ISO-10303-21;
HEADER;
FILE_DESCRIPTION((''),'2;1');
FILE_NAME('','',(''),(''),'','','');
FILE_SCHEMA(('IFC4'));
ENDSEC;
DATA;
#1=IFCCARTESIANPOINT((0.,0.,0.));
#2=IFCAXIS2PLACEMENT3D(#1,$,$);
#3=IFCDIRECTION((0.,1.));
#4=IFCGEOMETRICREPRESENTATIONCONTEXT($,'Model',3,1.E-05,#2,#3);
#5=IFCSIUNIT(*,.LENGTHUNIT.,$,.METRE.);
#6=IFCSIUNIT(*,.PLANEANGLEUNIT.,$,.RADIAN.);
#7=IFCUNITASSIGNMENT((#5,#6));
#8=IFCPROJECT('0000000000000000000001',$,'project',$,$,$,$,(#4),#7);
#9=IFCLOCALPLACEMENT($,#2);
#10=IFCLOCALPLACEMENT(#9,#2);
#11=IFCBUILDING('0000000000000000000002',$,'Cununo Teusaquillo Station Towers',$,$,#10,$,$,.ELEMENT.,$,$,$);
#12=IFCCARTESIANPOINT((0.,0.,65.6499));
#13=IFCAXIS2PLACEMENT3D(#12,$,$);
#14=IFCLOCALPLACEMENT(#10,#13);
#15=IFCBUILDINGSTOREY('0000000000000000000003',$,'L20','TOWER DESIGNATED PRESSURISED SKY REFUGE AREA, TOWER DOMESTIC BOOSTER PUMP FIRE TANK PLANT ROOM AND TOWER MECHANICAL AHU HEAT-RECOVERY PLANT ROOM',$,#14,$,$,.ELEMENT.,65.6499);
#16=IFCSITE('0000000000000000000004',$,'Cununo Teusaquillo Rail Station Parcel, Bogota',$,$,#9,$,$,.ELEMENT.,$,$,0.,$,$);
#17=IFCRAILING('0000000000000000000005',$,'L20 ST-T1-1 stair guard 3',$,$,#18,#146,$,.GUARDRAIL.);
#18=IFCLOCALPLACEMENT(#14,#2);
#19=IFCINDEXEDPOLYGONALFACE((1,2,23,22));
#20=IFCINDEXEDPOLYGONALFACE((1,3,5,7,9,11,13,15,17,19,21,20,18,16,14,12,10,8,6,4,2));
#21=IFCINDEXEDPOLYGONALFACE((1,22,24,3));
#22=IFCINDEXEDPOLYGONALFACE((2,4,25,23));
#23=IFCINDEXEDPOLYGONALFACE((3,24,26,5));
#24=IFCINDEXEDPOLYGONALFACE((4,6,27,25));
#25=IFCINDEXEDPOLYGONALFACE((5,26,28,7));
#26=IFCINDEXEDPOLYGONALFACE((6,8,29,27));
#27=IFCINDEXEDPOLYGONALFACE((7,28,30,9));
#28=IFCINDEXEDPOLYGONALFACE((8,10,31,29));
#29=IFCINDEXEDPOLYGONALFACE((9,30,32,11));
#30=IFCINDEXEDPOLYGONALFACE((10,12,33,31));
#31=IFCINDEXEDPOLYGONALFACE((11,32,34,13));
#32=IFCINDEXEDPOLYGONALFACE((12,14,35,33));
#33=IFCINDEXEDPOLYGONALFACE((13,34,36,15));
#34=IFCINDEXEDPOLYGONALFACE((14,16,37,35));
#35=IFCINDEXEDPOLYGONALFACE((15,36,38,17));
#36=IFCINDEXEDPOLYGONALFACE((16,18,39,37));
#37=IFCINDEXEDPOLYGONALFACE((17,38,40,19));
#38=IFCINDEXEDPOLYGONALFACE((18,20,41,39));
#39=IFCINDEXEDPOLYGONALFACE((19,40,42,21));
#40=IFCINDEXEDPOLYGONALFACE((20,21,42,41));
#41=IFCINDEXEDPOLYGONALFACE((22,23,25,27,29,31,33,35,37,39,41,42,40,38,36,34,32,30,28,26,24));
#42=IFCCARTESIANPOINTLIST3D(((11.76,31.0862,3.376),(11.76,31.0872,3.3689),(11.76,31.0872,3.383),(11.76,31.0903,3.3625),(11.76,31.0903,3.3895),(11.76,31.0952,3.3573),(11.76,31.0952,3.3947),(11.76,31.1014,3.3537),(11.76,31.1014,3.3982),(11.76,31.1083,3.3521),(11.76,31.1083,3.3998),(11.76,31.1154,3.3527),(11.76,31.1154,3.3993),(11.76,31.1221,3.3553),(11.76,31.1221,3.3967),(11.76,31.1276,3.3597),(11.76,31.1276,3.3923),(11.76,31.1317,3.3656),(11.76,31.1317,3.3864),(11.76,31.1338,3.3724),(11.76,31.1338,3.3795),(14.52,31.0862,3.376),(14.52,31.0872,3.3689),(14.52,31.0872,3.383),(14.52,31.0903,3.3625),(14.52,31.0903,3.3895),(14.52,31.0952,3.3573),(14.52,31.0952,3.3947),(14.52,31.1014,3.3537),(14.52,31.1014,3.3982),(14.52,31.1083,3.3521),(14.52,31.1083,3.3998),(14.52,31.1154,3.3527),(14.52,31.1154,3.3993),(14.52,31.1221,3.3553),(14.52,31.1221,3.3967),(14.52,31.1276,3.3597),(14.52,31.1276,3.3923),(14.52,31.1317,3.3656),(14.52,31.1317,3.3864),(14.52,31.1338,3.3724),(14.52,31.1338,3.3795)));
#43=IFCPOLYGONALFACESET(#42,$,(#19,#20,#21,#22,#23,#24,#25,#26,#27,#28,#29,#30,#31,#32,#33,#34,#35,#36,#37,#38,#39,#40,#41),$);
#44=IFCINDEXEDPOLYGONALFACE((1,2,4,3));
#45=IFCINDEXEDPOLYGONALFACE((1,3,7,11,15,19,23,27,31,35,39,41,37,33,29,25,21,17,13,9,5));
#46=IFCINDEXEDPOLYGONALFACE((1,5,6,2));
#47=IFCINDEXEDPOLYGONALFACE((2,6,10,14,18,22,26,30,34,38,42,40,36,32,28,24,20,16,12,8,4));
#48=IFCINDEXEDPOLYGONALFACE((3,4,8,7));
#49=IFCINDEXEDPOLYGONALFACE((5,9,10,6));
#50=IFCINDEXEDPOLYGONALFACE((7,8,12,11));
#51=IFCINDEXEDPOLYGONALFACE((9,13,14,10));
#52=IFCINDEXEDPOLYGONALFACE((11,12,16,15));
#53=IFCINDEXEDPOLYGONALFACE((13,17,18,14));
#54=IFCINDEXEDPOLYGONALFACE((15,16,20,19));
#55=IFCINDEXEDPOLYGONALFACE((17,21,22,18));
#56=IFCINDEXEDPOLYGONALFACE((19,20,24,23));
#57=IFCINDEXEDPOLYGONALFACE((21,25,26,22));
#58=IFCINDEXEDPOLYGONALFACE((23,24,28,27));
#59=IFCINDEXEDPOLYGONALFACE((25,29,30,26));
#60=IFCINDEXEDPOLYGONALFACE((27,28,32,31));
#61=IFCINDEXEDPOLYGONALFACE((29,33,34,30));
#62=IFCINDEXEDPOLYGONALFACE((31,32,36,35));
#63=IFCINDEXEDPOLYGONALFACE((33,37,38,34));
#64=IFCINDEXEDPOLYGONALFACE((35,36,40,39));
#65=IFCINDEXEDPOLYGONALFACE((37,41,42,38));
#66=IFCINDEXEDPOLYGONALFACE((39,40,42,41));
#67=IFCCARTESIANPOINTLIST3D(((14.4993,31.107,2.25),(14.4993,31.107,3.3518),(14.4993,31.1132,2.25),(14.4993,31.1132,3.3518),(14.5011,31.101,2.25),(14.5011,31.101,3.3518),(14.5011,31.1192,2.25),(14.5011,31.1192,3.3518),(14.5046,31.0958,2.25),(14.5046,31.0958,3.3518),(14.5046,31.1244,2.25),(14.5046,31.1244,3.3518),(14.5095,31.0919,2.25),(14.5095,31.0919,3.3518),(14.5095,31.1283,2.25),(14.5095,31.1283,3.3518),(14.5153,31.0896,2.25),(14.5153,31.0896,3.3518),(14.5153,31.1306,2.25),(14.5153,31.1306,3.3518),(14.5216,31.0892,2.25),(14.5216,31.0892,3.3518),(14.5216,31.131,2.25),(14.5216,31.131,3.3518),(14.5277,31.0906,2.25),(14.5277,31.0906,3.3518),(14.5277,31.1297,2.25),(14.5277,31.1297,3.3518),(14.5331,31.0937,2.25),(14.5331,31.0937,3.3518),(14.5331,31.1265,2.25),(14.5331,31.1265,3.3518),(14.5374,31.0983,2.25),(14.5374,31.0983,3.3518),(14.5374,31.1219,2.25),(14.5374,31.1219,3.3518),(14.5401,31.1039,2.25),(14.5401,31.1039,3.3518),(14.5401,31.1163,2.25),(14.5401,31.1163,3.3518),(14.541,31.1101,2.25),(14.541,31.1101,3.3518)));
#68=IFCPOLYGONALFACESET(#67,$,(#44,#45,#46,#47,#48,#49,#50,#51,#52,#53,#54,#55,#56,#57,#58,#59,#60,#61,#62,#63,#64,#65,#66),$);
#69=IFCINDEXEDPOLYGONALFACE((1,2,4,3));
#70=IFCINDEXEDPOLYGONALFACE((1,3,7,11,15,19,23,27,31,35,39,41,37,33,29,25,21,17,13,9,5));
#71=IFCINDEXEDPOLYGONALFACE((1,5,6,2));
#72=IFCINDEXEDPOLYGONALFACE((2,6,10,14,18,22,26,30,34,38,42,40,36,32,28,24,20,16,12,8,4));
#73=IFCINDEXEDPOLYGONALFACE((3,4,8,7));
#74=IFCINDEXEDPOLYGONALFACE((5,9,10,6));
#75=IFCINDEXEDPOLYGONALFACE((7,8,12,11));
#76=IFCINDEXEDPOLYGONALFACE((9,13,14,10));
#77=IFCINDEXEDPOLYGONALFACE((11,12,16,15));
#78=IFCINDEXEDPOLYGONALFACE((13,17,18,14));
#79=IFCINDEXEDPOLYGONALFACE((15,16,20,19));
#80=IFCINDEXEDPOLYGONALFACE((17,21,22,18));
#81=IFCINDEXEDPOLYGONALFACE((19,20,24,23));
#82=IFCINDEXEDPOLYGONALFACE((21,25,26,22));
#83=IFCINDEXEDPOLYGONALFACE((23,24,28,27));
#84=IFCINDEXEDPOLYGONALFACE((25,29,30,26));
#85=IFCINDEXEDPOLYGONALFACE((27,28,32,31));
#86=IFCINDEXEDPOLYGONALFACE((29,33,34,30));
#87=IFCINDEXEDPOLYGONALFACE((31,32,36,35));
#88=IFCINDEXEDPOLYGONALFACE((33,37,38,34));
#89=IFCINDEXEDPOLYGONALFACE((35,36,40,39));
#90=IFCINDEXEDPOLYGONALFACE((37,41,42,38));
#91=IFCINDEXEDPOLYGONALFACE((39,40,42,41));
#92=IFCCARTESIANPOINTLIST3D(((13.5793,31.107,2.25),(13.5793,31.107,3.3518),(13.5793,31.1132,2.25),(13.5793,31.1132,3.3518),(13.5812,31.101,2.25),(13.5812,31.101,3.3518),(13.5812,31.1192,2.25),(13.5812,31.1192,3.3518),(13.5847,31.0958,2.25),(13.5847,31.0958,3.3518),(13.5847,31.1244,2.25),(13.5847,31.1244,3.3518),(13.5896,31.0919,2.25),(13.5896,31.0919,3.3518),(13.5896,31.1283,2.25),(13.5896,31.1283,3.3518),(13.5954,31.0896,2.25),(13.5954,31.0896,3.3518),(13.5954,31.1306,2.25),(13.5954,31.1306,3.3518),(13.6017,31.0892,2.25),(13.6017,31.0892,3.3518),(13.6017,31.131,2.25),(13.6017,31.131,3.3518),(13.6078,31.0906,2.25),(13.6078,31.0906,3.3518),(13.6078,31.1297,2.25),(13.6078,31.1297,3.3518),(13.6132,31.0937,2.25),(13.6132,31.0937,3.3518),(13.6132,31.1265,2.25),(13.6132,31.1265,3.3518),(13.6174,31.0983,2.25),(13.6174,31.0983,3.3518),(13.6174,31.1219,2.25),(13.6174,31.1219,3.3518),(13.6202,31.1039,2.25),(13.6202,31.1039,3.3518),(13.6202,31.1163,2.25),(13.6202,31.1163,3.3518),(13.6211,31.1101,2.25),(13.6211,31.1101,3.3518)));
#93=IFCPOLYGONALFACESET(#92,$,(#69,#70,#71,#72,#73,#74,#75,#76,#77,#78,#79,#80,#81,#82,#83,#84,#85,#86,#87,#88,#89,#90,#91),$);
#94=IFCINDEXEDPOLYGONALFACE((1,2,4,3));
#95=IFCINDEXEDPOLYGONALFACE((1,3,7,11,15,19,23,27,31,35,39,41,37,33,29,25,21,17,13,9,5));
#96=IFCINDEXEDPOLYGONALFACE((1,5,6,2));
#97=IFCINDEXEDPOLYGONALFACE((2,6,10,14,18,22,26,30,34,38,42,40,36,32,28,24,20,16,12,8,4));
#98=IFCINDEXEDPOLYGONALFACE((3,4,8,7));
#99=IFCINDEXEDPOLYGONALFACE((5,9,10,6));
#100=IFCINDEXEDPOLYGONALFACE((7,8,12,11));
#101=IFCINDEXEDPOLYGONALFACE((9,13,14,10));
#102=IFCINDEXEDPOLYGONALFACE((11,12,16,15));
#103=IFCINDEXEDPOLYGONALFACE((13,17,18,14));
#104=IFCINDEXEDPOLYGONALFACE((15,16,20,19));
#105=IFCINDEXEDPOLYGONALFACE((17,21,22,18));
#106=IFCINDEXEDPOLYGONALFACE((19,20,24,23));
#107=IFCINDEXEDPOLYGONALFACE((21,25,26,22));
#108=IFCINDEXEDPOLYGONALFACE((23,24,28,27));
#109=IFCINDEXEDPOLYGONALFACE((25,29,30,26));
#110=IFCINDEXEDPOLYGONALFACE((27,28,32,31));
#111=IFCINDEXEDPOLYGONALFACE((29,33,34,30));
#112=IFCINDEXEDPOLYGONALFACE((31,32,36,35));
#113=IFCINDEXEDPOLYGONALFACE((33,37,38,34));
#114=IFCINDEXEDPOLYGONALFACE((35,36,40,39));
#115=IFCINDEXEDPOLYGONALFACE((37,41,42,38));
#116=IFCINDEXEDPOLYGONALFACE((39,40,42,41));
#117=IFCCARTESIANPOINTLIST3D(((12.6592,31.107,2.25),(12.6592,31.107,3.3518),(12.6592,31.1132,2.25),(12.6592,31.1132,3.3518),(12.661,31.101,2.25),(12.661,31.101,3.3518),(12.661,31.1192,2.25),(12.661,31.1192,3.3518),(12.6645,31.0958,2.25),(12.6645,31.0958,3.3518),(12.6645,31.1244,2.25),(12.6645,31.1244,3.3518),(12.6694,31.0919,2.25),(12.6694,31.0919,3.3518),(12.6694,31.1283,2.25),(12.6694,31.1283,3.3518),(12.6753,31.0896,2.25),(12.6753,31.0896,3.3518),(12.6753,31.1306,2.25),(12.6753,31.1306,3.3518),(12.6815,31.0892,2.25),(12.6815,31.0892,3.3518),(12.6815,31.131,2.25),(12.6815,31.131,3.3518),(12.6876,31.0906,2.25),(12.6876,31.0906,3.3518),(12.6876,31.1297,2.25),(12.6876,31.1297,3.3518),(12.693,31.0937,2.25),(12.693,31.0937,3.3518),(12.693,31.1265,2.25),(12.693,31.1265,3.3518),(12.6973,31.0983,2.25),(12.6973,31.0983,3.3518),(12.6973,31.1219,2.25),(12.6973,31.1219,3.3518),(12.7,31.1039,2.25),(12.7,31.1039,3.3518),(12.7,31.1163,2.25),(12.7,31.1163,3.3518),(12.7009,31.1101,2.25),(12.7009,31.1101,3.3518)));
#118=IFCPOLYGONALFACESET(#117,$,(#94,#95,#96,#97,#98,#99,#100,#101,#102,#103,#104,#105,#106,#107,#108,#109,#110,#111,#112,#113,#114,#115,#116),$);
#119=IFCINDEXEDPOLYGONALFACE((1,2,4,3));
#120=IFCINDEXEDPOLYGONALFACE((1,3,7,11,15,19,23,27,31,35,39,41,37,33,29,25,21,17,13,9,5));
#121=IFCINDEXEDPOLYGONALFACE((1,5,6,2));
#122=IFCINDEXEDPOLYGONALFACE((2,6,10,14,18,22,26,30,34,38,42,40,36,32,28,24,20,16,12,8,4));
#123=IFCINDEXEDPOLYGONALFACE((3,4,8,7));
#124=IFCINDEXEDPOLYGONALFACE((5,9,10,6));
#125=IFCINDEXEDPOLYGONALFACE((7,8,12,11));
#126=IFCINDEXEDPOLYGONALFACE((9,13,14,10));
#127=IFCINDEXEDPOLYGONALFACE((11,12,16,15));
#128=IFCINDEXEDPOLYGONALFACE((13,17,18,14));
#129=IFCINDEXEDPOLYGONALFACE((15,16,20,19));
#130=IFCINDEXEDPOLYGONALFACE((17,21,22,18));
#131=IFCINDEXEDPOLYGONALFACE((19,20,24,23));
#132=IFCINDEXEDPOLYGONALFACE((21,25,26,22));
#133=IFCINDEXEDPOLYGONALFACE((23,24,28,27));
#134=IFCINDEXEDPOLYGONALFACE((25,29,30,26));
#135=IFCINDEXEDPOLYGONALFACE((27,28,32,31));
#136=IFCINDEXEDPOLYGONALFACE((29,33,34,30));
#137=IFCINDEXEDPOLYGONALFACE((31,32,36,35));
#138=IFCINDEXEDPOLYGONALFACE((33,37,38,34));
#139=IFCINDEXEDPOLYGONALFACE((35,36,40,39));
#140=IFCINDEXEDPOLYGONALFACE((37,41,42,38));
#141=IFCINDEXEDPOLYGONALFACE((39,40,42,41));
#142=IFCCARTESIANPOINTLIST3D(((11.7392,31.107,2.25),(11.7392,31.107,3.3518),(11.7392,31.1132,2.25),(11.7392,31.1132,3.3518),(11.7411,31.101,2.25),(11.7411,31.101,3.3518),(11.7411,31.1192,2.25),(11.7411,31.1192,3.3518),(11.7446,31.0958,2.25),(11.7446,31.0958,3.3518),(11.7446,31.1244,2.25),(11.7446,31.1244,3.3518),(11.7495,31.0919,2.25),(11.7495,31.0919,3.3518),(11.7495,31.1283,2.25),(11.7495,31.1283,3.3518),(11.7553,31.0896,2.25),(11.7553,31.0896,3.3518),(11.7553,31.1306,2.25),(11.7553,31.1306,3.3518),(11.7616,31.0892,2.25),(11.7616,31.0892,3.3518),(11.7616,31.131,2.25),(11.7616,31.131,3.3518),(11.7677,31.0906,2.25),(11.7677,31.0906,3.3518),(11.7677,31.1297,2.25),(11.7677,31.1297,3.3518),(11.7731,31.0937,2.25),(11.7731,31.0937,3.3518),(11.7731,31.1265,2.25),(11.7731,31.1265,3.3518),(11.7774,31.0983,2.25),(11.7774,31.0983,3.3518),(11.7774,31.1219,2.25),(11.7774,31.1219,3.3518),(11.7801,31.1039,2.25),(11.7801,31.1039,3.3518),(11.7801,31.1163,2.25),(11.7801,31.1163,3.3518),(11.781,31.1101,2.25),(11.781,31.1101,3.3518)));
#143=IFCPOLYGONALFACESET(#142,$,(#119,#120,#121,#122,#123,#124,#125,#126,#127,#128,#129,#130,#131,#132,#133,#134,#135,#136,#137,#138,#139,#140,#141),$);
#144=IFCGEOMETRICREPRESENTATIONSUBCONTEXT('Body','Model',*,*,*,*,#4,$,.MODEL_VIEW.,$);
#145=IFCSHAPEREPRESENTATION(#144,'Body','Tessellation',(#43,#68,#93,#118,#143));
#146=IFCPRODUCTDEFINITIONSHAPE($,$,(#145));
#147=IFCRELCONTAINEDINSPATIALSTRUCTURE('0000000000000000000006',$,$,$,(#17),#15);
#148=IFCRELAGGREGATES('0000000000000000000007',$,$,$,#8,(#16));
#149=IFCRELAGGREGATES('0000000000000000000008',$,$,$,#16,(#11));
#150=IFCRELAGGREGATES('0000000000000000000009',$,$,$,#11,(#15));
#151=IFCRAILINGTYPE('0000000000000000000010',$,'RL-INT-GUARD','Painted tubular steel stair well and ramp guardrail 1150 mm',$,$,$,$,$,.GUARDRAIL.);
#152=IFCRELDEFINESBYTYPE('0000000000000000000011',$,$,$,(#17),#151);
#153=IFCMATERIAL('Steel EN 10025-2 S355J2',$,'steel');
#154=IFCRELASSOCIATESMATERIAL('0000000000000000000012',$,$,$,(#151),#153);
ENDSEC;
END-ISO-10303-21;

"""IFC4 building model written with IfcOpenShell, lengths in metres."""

from ifc_helpers import new_model, si_unit, direction, frame, origin, origin_2d, place, context, subcontext, project, spatial, circle, extrude, material, type_object, element, save


model = new_model("IFC4")

# Units and contexts
model_context = context("Model", 3, precision=1e-05, world=origin(), true_north=direction((0.0, 1.0)))
body_context = subcontext(model_context, "Body", "Model", "MODEL_VIEW")
ifc_project = project(units=[si_unit("LENGTHUNIT", "METRE"), si_unit("PLANEANGLEUNIT", "RADIAN")], contexts=[model_context])

# Site, building, storey
site_placement = place(None, origin())
site = spatial("IfcSite", under=ifc_project, at=site_placement, Name="Cununo Teusaquillo Rail Station Parcel, Bogota", CompositionType="ELEMENT", RefElevation=0.0)
building_placement = place(site_placement, origin())
building = spatial("IfcBuilding", under=site, at=building_placement, Name="Cununo Teusaquillo Station Towers", CompositionType="ELEMENT")
storey_placement = place(building_placement, frame((0.0, 0.0, 65.6499)))
storey = spatial("IfcBuildingStorey", under=building, at=storey_placement, Name="L20", Description="TOWER DESIGNATED PRESSURISED SKY REFUGE AREA, TOWER DOMESTIC BOOSTER PUMP FIRE TANK PLANT ROOM AND TOWER MECHANICAL AHU HEAT-RECOVERY PLANT ROOM", CompositionType="ELEMENT", Elevation=65.6499)

# Railing
ifc_material_1 = material(Name="Steel EN 10025-2 S355J2", Category="steel")
railing_type = type_object("IfcRailingType", Name="RL-INT-GUARD", Description="Painted tubular steel stair well and ramp guardrail 1150 mm", PredefinedType="GUARDRAIL", material=ifc_material_1)
railing_1_placement = place(storey_placement, frame((14.52, 31.1101, 2.25)))
element("IfcRailing", 1, at=railing_1_placement, inside=storey, type_object=railing_type, Name="L20 ST-T1-1 stair guard 3", PredefinedType="GUARDRAIL", context=body_context, shape_type="SweptSolid", body=[
    extrude(circle(Radius=0.0239, at=origin_2d()), frame((0.0, 0.0, 1.126), z_axis=(-1.0, 0.0, 0.0), x_axis=(0.0, -1.0, 0.0)), (0.0, 0.0, 1.0), 2.76),
    extrude(circle(Radius=0.021, at=origin_2d()), origin(), (0.0, 0.0, 1.0), 1.1018),
    extrude(circle(Radius=0.021, at=origin_2d()), frame((-0.9199, 0.0, 0.0)), (0.0, 0.0, 1.0), 1.1018),
    extrude(circle(Radius=0.021, at=origin_2d()), frame((-1.8401, 0.0, 0.0)), (0.0, 0.0, 1.0), 1.1018),
    extrude(circle(Radius=0.021, at=origin_2d()), frame((-2.76, 0.0, 0.0)), (0.0, 0.0, 1.0), 1.1018),
])

save(model, "model.ifc")
